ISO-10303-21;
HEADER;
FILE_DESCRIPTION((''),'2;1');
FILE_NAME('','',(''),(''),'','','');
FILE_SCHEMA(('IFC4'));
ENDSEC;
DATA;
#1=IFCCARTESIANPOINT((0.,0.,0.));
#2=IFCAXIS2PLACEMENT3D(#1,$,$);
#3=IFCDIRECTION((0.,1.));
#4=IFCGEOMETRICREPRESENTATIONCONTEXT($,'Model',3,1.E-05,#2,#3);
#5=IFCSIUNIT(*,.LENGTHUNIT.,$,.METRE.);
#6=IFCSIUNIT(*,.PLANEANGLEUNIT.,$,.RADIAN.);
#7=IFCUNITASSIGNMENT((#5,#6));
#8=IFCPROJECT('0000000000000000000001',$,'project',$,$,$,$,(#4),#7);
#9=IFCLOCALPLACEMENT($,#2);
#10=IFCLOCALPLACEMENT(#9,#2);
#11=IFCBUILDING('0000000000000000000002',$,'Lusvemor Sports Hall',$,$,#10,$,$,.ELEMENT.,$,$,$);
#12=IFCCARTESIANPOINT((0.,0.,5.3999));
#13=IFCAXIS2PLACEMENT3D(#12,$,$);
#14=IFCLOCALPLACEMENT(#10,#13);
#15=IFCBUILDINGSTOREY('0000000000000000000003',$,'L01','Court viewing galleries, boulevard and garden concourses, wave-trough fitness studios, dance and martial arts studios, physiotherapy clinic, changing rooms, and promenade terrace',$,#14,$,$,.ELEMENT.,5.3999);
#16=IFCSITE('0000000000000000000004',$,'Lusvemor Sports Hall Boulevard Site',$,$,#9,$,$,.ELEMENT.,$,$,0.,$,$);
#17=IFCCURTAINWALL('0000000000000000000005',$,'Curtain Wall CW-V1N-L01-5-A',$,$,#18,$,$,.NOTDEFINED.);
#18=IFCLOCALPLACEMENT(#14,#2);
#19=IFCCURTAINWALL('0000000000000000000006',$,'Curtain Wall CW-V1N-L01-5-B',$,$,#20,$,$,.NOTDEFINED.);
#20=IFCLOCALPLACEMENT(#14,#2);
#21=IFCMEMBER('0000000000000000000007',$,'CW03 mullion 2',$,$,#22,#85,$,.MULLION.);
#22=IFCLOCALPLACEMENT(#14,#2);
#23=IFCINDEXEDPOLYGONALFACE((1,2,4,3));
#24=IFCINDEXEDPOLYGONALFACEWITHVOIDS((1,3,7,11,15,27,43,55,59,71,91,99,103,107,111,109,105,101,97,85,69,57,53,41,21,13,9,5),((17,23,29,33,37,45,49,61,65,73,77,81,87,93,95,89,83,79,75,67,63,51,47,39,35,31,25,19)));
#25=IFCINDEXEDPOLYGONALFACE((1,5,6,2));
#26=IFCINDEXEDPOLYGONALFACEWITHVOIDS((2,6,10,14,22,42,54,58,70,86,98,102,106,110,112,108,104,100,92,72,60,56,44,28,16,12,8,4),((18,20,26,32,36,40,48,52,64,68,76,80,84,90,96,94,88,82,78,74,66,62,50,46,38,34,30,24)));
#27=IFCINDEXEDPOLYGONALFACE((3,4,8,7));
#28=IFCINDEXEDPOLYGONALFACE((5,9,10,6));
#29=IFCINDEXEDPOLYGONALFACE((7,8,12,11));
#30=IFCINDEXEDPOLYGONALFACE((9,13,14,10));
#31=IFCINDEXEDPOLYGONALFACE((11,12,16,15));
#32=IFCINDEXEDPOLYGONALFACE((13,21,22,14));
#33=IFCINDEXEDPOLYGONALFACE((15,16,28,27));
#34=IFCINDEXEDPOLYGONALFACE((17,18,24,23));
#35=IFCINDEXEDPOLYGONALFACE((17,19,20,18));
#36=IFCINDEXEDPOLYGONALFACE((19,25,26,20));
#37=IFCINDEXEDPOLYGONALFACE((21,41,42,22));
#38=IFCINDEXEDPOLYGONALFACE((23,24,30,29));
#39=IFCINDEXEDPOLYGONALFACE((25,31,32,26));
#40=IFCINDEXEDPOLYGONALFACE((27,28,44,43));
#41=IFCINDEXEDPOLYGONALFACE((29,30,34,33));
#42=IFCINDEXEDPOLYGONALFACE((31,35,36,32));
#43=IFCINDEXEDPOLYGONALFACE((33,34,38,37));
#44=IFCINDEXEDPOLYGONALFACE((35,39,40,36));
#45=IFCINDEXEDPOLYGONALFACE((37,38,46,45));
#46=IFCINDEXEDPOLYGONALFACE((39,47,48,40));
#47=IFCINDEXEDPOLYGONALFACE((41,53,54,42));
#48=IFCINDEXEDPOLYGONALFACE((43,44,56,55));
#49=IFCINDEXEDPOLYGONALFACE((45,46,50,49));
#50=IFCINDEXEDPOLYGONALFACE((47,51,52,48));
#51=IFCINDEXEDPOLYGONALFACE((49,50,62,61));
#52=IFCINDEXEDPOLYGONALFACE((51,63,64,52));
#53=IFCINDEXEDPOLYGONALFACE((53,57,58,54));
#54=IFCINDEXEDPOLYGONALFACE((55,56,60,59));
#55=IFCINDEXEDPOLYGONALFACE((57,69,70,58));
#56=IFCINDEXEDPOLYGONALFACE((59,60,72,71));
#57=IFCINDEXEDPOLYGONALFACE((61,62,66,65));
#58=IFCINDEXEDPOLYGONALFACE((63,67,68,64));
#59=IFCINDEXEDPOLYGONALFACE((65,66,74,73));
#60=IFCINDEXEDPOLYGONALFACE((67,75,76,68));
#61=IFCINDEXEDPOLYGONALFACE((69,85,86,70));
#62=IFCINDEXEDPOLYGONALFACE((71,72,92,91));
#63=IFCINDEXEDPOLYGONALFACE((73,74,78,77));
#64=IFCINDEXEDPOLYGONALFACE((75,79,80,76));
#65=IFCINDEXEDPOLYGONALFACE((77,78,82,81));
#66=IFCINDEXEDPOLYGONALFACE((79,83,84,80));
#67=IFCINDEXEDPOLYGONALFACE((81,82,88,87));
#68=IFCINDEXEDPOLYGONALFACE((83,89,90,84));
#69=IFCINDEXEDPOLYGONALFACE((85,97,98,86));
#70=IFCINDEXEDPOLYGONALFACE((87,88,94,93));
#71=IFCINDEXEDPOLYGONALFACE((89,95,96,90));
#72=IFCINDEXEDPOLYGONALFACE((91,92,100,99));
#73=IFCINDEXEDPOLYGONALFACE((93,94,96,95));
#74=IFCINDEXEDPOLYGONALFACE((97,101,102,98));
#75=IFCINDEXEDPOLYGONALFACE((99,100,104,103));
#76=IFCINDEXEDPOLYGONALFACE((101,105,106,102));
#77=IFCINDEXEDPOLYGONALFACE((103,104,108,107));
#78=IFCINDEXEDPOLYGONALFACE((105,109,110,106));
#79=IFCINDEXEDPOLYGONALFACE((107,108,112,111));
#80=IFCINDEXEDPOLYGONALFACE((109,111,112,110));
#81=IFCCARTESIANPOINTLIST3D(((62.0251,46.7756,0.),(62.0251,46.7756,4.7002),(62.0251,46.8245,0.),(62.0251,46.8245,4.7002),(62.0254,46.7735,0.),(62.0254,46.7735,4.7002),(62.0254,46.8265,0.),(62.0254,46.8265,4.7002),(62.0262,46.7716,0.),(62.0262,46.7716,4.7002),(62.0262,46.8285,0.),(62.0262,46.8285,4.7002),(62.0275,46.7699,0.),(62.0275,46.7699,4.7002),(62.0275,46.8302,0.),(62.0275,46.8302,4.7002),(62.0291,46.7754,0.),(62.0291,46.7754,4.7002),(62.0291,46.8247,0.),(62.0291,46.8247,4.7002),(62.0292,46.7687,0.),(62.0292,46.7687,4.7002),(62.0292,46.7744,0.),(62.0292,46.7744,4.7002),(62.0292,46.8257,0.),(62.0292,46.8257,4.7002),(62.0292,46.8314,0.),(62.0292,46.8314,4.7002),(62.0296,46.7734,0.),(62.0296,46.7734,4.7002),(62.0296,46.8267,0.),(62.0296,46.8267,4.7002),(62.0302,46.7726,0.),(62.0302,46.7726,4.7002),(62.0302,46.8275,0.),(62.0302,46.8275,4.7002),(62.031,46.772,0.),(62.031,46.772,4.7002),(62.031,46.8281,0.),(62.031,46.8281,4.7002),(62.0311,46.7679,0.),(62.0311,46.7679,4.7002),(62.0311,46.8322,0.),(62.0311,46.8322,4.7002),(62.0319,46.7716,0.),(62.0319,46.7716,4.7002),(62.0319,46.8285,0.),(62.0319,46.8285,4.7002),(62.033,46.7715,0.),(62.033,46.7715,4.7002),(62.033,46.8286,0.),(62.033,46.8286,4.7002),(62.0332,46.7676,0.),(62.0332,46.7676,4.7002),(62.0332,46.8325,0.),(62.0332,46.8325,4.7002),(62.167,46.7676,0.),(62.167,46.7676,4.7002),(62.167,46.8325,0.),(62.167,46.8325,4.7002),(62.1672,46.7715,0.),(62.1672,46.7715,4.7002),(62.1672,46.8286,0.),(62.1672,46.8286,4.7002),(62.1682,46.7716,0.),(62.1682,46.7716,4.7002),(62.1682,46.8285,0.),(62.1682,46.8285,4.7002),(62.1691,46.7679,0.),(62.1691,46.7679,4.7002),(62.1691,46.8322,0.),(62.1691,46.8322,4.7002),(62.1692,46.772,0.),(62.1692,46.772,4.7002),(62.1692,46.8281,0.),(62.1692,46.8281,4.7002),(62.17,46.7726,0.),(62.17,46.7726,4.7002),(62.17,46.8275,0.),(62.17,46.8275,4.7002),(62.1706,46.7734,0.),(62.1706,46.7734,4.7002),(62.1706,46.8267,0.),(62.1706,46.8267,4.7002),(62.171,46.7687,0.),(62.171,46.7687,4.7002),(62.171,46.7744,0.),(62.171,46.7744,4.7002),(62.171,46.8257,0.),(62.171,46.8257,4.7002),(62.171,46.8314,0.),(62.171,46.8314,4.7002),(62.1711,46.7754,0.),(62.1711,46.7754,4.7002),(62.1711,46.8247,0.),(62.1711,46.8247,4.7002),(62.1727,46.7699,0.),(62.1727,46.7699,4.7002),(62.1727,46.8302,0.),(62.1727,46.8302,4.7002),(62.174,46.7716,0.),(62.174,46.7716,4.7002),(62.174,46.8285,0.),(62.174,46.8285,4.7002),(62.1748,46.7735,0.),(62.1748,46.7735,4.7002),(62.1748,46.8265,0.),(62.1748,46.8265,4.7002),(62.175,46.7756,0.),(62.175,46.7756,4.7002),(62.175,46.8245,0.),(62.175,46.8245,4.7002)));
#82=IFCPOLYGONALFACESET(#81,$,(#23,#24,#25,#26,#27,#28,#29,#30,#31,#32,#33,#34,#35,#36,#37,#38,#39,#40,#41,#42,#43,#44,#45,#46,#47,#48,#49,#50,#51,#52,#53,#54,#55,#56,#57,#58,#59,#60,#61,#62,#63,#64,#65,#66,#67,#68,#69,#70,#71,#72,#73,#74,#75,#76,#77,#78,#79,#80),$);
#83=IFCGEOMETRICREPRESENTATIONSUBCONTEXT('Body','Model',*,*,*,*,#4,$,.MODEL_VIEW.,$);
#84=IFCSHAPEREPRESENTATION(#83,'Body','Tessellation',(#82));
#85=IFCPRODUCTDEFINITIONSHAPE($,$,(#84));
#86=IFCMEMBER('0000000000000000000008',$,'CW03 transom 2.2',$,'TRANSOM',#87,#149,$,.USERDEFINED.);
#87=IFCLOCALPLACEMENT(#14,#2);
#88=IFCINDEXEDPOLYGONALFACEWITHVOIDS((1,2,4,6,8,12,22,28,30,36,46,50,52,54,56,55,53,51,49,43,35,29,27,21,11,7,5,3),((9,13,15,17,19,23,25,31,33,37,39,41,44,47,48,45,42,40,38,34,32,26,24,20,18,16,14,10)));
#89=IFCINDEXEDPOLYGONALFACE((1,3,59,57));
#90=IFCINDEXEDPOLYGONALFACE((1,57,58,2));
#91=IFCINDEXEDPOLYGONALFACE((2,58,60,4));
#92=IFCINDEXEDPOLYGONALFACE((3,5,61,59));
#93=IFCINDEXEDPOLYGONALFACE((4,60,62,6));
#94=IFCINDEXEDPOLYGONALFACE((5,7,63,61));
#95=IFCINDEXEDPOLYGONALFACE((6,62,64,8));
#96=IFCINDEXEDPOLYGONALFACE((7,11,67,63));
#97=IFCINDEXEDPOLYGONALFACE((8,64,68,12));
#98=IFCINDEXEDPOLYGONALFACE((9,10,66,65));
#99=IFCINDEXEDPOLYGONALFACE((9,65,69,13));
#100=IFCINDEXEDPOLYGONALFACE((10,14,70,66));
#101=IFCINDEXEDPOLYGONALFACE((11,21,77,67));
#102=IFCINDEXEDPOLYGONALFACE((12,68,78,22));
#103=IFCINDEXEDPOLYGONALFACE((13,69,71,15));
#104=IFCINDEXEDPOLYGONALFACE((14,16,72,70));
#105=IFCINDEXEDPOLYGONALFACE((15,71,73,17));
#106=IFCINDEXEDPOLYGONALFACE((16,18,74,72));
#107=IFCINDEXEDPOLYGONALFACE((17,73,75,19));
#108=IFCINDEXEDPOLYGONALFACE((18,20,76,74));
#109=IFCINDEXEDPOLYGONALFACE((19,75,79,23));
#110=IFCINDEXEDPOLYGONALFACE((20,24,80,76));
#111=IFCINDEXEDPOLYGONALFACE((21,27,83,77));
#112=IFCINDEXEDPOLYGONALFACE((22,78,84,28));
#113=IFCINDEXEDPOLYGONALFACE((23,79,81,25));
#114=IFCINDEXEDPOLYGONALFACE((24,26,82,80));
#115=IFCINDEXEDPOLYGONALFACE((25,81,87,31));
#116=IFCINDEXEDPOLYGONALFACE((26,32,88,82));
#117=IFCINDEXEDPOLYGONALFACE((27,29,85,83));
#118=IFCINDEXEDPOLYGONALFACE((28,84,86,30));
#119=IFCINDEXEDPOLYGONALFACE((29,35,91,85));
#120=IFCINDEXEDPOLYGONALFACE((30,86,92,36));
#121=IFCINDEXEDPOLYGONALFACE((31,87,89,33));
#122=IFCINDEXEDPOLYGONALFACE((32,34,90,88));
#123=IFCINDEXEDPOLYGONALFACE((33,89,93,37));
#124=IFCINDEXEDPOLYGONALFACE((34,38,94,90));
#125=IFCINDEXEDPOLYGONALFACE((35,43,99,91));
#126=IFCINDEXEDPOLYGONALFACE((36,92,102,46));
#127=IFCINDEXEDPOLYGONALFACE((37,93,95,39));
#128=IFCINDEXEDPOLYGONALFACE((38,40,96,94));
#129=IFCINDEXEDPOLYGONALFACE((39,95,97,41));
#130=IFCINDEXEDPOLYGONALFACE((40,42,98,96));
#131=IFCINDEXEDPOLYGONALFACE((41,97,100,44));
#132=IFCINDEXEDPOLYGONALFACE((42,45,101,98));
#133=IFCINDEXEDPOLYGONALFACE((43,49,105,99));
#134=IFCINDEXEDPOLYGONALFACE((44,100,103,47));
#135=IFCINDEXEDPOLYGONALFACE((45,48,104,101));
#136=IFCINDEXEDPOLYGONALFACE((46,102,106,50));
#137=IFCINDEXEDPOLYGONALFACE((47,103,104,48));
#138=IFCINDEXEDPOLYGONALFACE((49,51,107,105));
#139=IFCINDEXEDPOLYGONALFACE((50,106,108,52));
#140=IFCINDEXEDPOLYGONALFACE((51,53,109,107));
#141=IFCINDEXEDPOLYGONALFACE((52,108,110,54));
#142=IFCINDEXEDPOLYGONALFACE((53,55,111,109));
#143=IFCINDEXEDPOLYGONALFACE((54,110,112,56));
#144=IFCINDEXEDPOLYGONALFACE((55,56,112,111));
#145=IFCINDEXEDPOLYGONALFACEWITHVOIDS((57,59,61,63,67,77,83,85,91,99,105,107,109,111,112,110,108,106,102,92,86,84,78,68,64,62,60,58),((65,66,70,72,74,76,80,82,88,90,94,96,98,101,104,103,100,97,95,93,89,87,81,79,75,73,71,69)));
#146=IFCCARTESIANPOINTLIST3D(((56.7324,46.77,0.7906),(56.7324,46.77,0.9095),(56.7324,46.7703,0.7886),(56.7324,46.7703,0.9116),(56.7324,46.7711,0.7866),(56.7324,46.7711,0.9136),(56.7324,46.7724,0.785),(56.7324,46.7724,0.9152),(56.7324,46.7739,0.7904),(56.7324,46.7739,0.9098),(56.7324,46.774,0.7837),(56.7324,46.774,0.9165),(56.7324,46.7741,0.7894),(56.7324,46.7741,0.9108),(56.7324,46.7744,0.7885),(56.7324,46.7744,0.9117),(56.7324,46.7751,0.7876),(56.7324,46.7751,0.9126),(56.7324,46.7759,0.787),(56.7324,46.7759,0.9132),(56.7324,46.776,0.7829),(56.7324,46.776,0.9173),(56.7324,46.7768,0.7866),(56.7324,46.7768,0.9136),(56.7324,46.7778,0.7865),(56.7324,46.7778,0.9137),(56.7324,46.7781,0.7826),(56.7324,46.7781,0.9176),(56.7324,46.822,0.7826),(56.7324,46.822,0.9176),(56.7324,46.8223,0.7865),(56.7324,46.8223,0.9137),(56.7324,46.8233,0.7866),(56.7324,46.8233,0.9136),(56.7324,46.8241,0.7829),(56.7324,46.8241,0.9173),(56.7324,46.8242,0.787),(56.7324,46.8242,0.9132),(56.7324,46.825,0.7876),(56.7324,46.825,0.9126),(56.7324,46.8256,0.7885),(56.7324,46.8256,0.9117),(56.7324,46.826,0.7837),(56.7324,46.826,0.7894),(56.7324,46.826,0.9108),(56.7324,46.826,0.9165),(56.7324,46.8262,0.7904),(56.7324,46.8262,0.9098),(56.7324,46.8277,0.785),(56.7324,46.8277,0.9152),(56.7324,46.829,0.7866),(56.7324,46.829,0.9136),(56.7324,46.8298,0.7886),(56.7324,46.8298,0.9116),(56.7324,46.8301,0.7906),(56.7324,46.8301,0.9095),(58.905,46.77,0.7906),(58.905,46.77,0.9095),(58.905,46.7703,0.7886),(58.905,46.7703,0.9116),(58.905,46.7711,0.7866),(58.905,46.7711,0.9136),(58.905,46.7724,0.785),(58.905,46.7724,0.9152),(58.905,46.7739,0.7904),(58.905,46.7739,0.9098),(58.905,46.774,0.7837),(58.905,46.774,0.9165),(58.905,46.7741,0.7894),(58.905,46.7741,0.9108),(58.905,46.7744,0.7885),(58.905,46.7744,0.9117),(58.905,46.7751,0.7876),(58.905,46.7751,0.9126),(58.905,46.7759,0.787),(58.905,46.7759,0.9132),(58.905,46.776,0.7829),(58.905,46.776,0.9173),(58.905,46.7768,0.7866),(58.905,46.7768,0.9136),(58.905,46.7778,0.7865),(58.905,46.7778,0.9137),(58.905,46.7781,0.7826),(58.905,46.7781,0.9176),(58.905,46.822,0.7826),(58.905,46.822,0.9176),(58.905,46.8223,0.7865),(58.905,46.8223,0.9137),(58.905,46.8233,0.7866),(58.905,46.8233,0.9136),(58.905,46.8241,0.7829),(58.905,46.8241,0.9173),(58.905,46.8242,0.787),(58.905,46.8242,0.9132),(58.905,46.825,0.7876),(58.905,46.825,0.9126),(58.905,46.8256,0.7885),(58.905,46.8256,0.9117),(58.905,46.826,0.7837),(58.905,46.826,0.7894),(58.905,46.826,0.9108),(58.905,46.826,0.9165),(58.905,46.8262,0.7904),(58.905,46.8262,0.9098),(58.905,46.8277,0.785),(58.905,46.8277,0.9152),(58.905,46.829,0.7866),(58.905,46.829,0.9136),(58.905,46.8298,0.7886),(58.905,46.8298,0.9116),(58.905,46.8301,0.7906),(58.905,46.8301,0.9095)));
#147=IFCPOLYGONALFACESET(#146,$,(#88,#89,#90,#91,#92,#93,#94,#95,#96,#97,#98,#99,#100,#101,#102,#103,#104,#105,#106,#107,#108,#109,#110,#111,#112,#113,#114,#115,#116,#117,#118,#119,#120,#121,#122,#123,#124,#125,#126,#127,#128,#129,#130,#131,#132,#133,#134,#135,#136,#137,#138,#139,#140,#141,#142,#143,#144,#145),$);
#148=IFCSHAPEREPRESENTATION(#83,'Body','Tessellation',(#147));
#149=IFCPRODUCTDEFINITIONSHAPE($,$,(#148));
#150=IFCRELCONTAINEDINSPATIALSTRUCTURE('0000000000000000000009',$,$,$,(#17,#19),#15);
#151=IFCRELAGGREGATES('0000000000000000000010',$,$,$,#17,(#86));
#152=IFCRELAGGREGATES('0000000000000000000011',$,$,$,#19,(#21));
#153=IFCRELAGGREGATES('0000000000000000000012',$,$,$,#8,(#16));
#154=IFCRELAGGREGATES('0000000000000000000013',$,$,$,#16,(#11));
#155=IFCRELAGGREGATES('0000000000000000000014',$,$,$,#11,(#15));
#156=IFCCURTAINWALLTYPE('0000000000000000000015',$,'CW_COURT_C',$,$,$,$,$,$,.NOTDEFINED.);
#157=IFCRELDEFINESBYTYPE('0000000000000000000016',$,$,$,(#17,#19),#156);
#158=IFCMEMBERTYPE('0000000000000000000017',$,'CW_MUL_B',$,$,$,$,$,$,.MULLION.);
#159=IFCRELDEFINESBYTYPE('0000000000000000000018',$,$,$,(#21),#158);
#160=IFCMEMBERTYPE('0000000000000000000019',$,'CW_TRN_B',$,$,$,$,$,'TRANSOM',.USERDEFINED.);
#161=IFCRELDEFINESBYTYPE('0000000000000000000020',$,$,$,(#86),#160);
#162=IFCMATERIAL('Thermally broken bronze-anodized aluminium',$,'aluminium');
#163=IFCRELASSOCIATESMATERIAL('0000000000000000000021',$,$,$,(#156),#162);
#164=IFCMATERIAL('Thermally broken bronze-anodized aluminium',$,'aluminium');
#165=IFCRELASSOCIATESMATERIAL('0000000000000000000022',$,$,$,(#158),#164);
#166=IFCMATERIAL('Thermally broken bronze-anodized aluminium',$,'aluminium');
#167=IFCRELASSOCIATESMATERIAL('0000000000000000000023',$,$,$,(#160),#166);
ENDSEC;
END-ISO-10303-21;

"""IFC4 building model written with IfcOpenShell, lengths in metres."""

from ifc_helpers import new_model, si_unit, direction, frame, origin, origin_2d, place, context, subcontext, project, spatial, hollow_rectangle, extrude, material, material_profile, profile_set, type_object, element, aggregate, save


model = new_model("IFC4")

# Units and contexts
model_context = context("Model", 3, precision=1e-05, world=origin(), true_north=direction((0.0, 1.0)))
body_context = subcontext(model_context, "Body", "Model", "MODEL_VIEW")
ifc_project = project(units=[si_unit("LENGTHUNIT", "METRE"), si_unit("PLANEANGLEUNIT", "RADIAN")], contexts=[model_context])

# Site, building, storey
site_placement = place(None, origin())
site = spatial("IfcSite", under=ifc_project, at=site_placement, Name="Lusvemor Sports Hall Boulevard Site", CompositionType="ELEMENT", RefElevation=0.0)
building_placement = place(site_placement, origin())
building = spatial("IfcBuilding", under=site, at=building_placement, Name="Lusvemor Sports Hall", CompositionType="ELEMENT")
storey_placement = place(building_placement, frame((0.0, 0.0, 5.3999)))
storey = spatial("IfcBuildingStorey", under=building, at=storey_placement, Name="L01", Description="Court viewing galleries, boulevard and garden concourses, wave-trough fitness studios, dance and martial arts studios, physiotherapy clinic, changing rooms, and promenade terrace", CompositionType="ELEMENT", Elevation=5.3999)

# Curtain wall
ifc_material_1 = material(Name="Thermally broken bronze-anodized aluminium", Category="aluminium")
curtain_wall_type = type_object("IfcCurtainWallType", Name="CW_COURT_C", PredefinedType="NOTDEFINED", material=ifc_material_1)
curtain_wall_1_placement = place(storey_placement, origin())
curtain_wall_1 = element("IfcCurtainWall", 1, at=curtain_wall_1_placement, inside=storey, type_object=curtain_wall_type, Name="Curtain Wall CW-V1N-L01-5-A", PredefinedType="NOTDEFINED")
ifc_material_2 = material(Name="Thermally broken bronze-anodized aluminium", Category="aluminium")
ifc_material_profile_1 = material_profile(ifc_material_2, hollow_rectangle(XDim=0.0649, YDim=0.1499, WallThickness=0.0039, InnerFilletRadius=0.0039, OuterFilletRadius=0.0081, at=origin_2d()), Name="CWMUL150x65x4")
ifc_profile_set_1 = profile_set([ifc_material_profile_1], Name="Thermally broken bronze-anodized aluminium")
member_type_1 = type_object("IfcMemberType", Name="CW_MUL_B", PredefinedType="MULLION", material=ifc_profile_set_1)

# Curtain wall, member
curtain_wall_2_placement = place(storey_placement, origin())
curtain_wall_2 = element("IfcCurtainWall", 2, at=curtain_wall_2_placement, inside=storey, type_object=curtain_wall_type, Name="Curtain Wall CW-V1N-L01-5-B", PredefinedType="NOTDEFINED")
member_1_placement = place(storey_placement, frame((62.1001, 46.8, 0.0), z_axis=(0.0, 0.0, 1.0), x_axis=(0.0, 1.0, 0.0)))
member_1 = element("IfcMember", 3, at=member_1_placement, type_object=member_type_1, Name="CW03 mullion 2", PredefinedType="MULLION", context=body_context, shape_type="SweptSolid", body=[
    extrude(hollow_rectangle(XDim=0.0649, YDim=0.1499, WallThickness=0.0039, InnerFilletRadius=0.0039, OuterFilletRadius=0.0081, at=origin_2d()), origin(), (0.0, 0.0, 1.0), 4.7002),
])

# Member
ifc_material_3 = material(Name="Thermally broken bronze-anodized aluminium", Category="aluminium")
ifc_material_profile_2 = material_profile(ifc_material_3, hollow_rectangle(XDim=0.0601, YDim=0.135, WallThickness=0.0039, InnerFilletRadius=0.0039, OuterFilletRadius=0.0081, at=origin_2d()), Name="CWTRN135x60x4")
ifc_profile_set_2 = profile_set([ifc_material_profile_2], Name="Thermally broken bronze-anodized aluminium")
member_type_2 = type_object("IfcMemberType", Name="CW_TRN_B", ElementType="TRANSOM", PredefinedType="USERDEFINED", material=ifc_profile_set_2)
member_2_placement = place(storey_placement, frame((56.7324, 46.8, 0.8501), z_axis=(1.0, 0.0, 0.0), x_axis=(0.0, 1.0, 0.0)))
member_2 = element("IfcMember", 4, at=member_2_placement, type_object=member_type_2, Name="CW03 transom 2.2", ObjectType="TRANSOM", PredefinedType="USERDEFINED", context=body_context, shape_type="SweptSolid", body=[
    extrude(hollow_rectangle(XDim=0.0601, YDim=0.135, WallThickness=0.0039, InnerFilletRadius=0.0039, OuterFilletRadius=0.0081, at=origin_2d()), origin(), (0.0, 0.0, 1.0), 2.1726),
])

aggregate(curtain_wall_1, [member_2])
aggregate(curtain_wall_2, [member_1])

save(model, "model.ifc")
